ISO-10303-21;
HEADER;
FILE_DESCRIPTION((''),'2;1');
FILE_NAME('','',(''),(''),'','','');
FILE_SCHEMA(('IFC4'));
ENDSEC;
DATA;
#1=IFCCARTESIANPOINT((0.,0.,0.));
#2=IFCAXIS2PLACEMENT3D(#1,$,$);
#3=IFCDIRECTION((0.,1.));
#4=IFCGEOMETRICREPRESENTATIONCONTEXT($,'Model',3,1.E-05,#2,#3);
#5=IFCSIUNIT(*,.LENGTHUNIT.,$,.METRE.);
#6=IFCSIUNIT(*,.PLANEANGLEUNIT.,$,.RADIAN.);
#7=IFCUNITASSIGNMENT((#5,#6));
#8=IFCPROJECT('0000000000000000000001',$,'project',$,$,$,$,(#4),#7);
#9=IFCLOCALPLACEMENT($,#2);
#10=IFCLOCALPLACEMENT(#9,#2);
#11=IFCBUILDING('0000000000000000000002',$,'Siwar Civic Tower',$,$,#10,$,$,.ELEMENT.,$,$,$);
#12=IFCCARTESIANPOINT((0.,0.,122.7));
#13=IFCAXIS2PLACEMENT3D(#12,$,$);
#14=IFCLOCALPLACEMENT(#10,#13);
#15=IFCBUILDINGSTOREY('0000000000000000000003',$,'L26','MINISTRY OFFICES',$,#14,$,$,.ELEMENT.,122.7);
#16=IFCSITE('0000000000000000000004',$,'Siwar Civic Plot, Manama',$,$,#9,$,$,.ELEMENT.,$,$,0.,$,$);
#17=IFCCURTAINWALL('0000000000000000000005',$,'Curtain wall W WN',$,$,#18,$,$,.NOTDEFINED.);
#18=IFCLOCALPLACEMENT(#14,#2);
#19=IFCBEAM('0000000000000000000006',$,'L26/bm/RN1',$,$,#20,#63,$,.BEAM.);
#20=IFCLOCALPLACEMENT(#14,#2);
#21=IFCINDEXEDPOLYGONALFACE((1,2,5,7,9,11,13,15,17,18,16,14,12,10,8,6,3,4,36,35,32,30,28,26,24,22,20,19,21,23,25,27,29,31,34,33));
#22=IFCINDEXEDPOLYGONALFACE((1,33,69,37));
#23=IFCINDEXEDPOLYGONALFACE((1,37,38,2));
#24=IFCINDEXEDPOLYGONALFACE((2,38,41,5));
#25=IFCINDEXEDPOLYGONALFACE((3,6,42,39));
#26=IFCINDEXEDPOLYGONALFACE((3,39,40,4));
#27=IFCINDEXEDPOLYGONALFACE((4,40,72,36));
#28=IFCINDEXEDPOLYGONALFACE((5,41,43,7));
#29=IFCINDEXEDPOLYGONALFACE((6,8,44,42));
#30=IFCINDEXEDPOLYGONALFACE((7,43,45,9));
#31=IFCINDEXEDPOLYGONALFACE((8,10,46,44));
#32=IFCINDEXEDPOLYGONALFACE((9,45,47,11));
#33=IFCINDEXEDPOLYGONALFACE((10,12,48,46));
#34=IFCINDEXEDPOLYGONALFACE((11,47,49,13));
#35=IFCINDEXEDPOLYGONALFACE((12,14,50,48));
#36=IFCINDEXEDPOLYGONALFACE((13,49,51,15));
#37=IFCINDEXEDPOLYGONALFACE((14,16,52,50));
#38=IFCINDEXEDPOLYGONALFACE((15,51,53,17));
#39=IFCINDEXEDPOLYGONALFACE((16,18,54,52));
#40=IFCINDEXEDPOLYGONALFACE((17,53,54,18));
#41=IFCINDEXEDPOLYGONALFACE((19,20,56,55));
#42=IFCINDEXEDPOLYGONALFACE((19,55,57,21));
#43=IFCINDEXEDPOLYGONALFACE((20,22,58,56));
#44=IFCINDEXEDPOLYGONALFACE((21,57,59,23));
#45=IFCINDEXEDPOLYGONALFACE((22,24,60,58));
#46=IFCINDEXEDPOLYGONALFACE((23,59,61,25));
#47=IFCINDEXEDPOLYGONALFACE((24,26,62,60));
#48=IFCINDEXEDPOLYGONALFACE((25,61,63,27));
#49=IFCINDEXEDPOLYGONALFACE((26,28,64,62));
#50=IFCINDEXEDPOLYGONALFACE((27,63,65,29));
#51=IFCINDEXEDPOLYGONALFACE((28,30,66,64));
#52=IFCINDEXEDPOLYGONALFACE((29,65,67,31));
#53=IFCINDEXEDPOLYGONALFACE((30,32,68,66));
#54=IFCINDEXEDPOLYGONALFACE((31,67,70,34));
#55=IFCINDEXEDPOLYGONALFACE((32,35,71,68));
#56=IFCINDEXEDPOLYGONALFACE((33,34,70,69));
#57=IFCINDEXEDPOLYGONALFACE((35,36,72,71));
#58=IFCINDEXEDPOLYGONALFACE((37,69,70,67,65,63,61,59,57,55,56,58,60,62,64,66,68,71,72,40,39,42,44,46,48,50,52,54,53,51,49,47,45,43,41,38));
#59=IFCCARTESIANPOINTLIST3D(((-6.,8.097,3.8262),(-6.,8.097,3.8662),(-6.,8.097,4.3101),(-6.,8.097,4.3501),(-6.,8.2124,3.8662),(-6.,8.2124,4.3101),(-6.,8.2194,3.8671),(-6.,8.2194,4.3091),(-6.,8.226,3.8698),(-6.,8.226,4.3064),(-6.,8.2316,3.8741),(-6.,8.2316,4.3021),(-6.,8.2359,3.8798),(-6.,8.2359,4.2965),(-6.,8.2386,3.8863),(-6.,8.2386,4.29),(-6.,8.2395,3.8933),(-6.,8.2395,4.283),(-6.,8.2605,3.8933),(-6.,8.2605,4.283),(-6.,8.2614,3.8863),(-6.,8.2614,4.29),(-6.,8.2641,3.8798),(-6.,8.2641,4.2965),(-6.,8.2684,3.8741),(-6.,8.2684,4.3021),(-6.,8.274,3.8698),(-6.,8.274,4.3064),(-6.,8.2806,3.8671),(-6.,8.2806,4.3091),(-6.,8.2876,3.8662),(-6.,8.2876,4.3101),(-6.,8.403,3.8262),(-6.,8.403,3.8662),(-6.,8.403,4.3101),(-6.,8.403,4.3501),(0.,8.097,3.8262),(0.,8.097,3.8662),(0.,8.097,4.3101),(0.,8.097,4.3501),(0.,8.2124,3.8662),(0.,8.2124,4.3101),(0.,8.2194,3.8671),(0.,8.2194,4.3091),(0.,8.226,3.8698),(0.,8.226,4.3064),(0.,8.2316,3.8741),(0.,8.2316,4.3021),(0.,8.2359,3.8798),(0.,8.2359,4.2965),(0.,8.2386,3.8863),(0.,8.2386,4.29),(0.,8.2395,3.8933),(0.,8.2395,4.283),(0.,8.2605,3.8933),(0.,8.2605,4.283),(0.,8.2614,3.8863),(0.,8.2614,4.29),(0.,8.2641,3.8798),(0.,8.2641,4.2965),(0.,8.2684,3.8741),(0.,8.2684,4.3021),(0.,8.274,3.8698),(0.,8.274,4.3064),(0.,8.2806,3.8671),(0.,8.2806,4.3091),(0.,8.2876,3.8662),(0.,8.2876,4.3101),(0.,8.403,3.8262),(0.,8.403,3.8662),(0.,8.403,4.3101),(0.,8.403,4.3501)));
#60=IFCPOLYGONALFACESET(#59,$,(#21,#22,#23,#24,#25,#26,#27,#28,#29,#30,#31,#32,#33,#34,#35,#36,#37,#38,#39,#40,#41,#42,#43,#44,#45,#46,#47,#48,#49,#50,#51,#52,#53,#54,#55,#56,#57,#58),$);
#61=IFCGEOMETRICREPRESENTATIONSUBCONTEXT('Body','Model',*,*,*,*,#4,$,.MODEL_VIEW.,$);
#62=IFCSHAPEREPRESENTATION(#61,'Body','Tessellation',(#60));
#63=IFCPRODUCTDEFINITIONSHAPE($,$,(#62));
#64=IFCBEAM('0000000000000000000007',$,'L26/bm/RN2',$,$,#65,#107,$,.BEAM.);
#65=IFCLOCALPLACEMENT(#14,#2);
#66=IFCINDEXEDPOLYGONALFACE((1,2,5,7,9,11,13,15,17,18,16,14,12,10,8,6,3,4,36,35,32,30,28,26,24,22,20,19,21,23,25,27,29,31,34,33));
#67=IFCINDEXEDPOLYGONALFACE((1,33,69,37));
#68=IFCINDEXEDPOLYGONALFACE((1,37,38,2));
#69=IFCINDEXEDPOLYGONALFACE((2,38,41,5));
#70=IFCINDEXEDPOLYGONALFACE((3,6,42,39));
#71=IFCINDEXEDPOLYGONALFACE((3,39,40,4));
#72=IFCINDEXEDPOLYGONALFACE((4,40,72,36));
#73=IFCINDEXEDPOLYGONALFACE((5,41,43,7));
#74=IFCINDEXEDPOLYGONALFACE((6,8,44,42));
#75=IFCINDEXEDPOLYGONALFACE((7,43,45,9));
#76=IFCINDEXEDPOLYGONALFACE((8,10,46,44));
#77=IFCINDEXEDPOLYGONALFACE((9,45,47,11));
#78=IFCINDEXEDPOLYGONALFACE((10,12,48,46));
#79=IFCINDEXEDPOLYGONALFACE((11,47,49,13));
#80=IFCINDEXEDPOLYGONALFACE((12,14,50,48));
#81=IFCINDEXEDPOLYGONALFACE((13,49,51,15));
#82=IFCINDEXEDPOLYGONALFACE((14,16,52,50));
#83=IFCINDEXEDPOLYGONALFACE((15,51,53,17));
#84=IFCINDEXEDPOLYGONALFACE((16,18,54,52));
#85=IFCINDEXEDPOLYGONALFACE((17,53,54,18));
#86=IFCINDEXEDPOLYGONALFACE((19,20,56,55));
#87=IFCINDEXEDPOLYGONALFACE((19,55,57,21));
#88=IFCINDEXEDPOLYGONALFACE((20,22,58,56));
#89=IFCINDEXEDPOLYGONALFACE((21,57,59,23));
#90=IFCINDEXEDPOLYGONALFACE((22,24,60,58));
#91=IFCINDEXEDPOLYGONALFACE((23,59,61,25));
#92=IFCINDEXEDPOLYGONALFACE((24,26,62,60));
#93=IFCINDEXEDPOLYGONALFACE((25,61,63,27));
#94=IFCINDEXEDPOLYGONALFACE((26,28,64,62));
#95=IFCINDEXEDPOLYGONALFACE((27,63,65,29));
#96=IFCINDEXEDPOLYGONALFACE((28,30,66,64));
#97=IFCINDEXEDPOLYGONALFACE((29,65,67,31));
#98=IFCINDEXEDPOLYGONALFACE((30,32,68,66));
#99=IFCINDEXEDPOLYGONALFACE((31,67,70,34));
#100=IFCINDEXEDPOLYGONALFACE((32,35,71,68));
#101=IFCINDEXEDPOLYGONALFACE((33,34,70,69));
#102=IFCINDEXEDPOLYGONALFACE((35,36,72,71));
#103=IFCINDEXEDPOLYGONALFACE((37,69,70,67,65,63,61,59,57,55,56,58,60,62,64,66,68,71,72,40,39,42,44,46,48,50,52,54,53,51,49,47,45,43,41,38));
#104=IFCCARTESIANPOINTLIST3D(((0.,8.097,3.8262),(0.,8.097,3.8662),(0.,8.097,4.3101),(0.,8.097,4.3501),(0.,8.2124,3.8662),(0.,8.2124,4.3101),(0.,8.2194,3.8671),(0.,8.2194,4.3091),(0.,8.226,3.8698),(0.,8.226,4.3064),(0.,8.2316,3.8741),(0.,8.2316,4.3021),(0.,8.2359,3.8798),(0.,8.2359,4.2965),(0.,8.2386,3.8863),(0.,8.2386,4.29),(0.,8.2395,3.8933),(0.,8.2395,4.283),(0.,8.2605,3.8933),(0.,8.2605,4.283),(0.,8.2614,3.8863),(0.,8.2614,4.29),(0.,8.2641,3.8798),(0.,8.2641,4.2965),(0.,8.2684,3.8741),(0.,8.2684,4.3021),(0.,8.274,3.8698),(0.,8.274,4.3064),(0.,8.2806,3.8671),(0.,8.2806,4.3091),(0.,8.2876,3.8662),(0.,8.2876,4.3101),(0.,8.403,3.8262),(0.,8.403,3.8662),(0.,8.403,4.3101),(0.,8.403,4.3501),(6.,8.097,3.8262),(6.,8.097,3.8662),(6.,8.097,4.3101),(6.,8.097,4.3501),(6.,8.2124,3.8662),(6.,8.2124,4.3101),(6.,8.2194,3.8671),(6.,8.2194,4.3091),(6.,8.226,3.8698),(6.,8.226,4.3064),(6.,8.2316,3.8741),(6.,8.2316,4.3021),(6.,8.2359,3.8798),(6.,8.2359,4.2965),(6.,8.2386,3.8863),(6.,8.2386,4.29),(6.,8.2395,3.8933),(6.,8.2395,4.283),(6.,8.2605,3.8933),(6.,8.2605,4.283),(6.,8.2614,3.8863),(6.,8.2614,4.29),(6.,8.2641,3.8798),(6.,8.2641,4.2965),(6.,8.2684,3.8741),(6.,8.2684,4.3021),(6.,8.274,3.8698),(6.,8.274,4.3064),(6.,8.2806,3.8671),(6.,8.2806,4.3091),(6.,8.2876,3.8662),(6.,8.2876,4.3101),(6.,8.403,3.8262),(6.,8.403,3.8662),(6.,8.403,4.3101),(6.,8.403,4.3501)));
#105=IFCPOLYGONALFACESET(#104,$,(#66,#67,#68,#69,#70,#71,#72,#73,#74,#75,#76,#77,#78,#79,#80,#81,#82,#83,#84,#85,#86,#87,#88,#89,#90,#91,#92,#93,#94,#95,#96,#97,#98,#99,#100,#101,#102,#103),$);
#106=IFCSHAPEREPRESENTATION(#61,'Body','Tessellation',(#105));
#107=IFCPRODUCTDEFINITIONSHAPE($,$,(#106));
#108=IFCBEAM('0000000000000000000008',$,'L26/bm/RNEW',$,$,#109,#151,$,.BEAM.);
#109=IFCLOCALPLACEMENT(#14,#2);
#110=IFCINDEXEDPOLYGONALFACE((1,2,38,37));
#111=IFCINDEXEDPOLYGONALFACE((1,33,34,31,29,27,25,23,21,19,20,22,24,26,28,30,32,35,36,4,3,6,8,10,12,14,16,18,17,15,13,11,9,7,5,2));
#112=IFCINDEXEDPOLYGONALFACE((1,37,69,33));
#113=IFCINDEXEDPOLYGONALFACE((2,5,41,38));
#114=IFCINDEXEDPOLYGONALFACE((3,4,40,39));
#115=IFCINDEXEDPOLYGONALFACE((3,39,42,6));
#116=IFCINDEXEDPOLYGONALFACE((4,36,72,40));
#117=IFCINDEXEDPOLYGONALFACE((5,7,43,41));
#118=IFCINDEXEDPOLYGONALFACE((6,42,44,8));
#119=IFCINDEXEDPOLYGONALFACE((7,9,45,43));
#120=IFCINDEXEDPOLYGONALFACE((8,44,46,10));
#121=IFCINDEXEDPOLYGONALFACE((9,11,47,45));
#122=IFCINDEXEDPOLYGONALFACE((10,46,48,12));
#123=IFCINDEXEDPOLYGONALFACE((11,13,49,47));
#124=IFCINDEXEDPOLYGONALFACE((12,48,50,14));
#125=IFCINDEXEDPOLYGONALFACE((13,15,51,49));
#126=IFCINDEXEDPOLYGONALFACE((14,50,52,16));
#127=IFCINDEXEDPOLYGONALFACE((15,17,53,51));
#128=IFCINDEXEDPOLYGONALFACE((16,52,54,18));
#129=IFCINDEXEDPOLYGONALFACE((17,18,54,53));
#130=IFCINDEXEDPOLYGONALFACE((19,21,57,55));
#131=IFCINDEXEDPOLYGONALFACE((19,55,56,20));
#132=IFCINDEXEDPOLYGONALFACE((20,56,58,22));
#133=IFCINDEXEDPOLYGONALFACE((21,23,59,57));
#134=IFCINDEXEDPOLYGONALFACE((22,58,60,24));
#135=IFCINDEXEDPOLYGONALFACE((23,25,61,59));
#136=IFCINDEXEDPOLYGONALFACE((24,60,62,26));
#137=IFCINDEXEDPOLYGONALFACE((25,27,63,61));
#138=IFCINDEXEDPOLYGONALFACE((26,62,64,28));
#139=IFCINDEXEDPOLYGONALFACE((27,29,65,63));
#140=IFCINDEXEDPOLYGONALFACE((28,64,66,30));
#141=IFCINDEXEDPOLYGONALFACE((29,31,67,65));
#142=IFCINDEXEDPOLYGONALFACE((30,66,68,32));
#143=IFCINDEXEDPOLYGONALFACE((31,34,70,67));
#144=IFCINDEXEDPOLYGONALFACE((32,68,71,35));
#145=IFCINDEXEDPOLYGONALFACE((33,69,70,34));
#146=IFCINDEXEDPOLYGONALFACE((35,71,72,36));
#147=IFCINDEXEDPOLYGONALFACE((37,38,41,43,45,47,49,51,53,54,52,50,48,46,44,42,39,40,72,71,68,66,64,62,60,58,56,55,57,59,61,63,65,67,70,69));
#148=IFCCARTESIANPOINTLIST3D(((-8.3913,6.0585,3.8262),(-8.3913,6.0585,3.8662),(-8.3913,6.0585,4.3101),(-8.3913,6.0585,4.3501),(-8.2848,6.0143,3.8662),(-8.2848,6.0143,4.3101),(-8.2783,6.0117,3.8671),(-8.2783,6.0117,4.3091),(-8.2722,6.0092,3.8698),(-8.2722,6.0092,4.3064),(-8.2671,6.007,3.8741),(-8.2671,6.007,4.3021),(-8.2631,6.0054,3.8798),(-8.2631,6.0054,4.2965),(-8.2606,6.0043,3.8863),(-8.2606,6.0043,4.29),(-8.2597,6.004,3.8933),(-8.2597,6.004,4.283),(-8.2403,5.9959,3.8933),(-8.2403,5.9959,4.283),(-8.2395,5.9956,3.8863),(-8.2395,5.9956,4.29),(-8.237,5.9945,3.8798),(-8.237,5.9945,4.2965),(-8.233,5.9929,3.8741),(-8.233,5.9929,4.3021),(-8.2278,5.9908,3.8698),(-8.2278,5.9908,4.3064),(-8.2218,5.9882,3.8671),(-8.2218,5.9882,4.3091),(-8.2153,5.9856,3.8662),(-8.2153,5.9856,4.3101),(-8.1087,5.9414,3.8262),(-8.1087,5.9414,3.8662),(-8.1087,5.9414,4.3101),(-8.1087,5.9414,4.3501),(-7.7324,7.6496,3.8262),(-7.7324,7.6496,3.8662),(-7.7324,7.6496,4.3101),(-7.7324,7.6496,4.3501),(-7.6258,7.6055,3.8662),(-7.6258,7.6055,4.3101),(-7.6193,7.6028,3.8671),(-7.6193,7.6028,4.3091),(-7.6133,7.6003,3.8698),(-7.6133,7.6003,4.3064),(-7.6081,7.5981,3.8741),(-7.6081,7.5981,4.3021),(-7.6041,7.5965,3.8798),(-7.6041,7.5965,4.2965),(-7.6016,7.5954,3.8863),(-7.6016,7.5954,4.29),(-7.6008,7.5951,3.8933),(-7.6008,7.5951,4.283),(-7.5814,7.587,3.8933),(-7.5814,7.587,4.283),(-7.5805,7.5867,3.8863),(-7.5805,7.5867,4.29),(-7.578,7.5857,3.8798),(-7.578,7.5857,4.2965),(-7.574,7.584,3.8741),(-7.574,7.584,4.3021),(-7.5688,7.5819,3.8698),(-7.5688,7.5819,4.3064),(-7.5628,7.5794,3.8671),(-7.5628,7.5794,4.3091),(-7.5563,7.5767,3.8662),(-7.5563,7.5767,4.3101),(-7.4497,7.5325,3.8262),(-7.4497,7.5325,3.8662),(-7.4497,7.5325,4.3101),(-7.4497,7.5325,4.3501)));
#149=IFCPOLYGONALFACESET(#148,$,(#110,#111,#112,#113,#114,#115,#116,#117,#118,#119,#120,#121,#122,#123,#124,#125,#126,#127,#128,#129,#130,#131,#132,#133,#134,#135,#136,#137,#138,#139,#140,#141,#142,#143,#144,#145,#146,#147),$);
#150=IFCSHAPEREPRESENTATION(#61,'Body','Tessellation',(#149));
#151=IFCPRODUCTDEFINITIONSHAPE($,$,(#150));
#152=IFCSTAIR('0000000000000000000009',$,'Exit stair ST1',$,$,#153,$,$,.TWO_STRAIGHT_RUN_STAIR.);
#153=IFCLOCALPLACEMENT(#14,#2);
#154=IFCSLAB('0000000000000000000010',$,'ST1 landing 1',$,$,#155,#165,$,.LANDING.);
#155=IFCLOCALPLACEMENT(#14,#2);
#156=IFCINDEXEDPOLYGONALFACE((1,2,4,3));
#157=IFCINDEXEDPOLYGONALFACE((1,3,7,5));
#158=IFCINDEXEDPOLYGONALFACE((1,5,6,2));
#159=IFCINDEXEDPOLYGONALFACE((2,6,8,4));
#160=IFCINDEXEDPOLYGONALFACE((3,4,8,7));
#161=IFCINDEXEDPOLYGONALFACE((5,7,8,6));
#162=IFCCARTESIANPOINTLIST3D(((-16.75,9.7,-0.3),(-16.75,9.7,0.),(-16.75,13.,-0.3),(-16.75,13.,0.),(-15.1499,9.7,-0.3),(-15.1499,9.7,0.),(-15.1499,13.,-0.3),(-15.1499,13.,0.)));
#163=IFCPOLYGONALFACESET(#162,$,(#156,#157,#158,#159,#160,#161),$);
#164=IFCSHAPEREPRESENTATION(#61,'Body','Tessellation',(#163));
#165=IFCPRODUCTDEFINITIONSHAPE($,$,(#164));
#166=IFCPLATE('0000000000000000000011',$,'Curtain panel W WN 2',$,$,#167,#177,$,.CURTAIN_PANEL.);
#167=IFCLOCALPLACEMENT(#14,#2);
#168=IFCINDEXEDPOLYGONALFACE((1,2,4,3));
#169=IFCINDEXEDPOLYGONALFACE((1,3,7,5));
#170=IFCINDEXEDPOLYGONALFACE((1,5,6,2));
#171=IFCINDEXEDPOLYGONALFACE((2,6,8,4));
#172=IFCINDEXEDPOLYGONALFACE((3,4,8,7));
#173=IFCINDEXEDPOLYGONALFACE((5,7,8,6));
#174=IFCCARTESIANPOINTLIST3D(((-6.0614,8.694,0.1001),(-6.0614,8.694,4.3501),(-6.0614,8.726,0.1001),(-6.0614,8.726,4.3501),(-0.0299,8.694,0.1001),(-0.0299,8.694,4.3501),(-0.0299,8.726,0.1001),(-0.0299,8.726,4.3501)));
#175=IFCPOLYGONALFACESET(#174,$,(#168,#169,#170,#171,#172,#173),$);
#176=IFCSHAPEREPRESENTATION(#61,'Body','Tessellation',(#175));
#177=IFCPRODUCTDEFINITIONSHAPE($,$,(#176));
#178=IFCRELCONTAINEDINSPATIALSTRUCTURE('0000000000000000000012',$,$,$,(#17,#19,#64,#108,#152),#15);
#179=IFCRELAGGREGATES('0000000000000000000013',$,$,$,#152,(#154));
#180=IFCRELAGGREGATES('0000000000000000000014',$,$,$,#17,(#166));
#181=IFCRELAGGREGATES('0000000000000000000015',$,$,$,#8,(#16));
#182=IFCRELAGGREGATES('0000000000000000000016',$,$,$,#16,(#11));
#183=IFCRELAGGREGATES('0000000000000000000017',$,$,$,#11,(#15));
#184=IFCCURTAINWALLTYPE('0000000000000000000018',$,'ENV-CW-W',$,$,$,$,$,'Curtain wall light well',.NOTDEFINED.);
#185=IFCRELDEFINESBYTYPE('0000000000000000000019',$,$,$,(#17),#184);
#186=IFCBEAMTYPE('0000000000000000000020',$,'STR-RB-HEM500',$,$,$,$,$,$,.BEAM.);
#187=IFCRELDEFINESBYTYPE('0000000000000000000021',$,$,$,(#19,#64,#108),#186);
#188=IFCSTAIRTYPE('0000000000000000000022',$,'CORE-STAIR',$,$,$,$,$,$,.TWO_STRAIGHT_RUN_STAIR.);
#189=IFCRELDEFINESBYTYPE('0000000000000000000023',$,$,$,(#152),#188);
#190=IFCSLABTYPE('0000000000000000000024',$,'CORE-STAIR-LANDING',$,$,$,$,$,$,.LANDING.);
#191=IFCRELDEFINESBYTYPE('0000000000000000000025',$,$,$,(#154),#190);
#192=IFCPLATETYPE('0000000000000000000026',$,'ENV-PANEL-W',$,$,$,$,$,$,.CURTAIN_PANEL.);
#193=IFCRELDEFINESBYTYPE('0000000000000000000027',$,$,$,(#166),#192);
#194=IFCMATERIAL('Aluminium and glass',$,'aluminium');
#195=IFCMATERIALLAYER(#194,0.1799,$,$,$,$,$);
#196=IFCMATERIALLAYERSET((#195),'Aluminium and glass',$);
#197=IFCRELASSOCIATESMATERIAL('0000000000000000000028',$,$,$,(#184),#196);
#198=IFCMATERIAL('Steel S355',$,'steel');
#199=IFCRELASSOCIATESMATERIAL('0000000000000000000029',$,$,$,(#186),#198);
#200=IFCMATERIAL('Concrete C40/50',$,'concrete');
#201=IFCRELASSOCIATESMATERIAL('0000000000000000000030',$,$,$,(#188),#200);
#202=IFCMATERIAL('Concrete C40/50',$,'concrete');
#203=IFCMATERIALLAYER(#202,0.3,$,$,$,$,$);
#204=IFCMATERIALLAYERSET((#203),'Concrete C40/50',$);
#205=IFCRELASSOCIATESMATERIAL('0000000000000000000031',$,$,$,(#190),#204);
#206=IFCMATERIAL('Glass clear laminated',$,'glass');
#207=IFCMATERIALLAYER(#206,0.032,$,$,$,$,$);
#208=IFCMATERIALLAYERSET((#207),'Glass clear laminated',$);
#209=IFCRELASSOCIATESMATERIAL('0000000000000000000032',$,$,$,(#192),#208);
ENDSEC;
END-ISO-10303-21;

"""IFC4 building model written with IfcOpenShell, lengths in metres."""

from ifc_helpers import new_model, si_unit, direction, frame, origin, origin_2d, place, context, subcontext, project, spatial, polyline, rectangle, i_section, outline, extrude, material, layer, layer_set, material_profile, profile_set, type_object, element, aggregate, save


model = new_model("IFC4")

# Units and contexts
model_context = context("Model", 3, precision=1e-05, world=origin(), true_north=direction((0.0, 1.0)))
body_context = subcontext(model_context, "Body", "Model", "MODEL_VIEW")
ifc_project = project(units=[si_unit("LENGTHUNIT", "METRE"), si_unit("PLANEANGLEUNIT", "RADIAN")], contexts=[model_context])

# Site, building, storey
site_placement = place(None, origin())
site = spatial("IfcSite", under=ifc_project, at=site_placement, Name="Siwar Civic Plot, Manama", CompositionType="ELEMENT", RefElevation=0.0)
building_placement = place(site_placement, origin())
building = spatial("IfcBuilding", under=site, at=building_placement, Name="Siwar Civic Tower", CompositionType="ELEMENT")
storey_placement = place(building_placement, frame((0.0, 0.0, 122.7)))
storey = spatial("IfcBuildingStorey", under=building, at=storey_placement, Name="L26", Description="MINISTRY OFFICES", CompositionType="ELEMENT", Elevation=122.7)

# Curtain wall
ifc_material_1 = material(Name="Aluminium and glass", Category="aluminium")
ifc_layer_1 = layer(ifc_material_1, 0.1799)
ifc_layer_set_1 = layer_set([ifc_layer_1], Name="Aluminium and glass")
curtain_wall_type = type_object("IfcCurtainWallType", Name="ENV-CW-W", ElementType="Curtain wall light well", PredefinedType="NOTDEFINED", material=ifc_layer_set_1)
curtain_wall_placement = place(storey_placement, origin())
curtain_wall = element("IfcCurtainWall", 1, at=curtain_wall_placement, inside=storey, type_object=curtain_wall_type, Name="Curtain wall W WN", PredefinedType="NOTDEFINED")

# Beams
ifc_material_2 = material(Name="Steel S355", Category="steel")
ifc_material_profile_1 = material_profile(ifc_material_2, i_section(OverallWidth=0.3059, OverallDepth=0.5239, WebThickness=0.021, FlangeThickness=0.04, FilletRadius=0.0271, at=origin_2d()), Name="HEM500")
ifc_profile_set_1 = profile_set([ifc_material_profile_1], Name="Steel S355")
beam_type_1 = type_object("IfcBeamType", Name="STR-RB-HEM500", PredefinedType="BEAM", material=ifc_profile_set_1)
for number, where, z_axis, x_axis, name in (
    (2, (-6.0, 8.25, 4.0881), (1.0, 0.0, 0.0), (0.0, 1.0, 0.0), "L26/bm/RN1"),
    (3, (0.0, 8.25, 4.0881), (1.0, 0.0, 0.0), (0.0, 1.0, 0.0), "L26/bm/RN2"),
):
    element("IfcBeam", number, at=place(storey_placement, frame(where, z_axis=z_axis, x_axis=x_axis)), inside=storey, type_object=beam_type_1, Name=name, PredefinedType="BEAM", context=body_context, shape_type="SweptSolid", body=[
        extrude(i_section(OverallWidth=0.3059, OverallDepth=0.5239, WebThickness=0.021, FlangeThickness=0.04, FilletRadius=0.0271, at=origin_2d()), origin(), (0.0, 0.0, 1.0), 6.0),
    ])
beam_1_placement = place(storey_placement, frame((-7.5911, 7.5911, 4.0881), z_axis=(-0.382631, -0.923901, 0.0), x_axis=(0.923901, -0.382631, 0.0)))
element("IfcBeam", 4, at=beam_1_placement, inside=storey, type_object=beam_type_1, Name="L26/bm/RNEW", PredefinedType="BEAM", context=body_context, shape_type="SweptSolid", body=[
    extrude(i_section(OverallWidth=0.3059, OverallDepth=0.5239, WebThickness=0.021, FlangeThickness=0.04, FilletRadius=0.0271, at=origin_2d()), origin(), (0.0, 0.0, 1.0), 1.7222),
])

# Stair, slab
ifc_material_3 = material(Name="Concrete C40/50", Category="concrete")
stair_type = type_object("IfcStairType", Name="CORE-STAIR", PredefinedType="TWO_STRAIGHT_RUN_STAIR", material=ifc_material_3)
stair_placement = place(storey_placement, origin())
stair = element("IfcStair", 5, at=stair_placement, inside=storey, type_object=stair_type, Name="Exit stair ST1", PredefinedType="TWO_STRAIGHT_RUN_STAIR")
ifc_material_4 = material(Name="Concrete C40/50", Category="concrete")
ifc_layer_2 = layer(ifc_material_4, 0.3)
ifc_layer_set_2 = layer_set([ifc_layer_2], Name="Concrete C40/50")
slab_type_1 = type_object("IfcSlabType", Name="CORE-STAIR-LANDING", PredefinedType="LANDING", material=ifc_layer_set_2)
slab_1_placement = place(storey_placement, frame((0.0, 0.0, -0.3)))
slab_1 = element("IfcSlab", 6, at=slab_1_placement, type_object=slab_type_1, Name="ST1 landing 1", PredefinedType="LANDING", context=body_context, shape_type="SweptSolid", body=[
    extrude(outline(polyline([(-15.1499, 13.0), (-16.75, 13.0), (-16.75, 9.7), (-15.1499, 9.7), (-15.1499, 13.0)])), origin(), (0.0, 0.0, 1.0), 0.3),
])
aggregate(stair, [slab_1])

# Plate
ifc_material_5 = material(Name="Glass clear laminated", Category="glass")
ifc_layer_3 = layer(ifc_material_5, 0.032)
ifc_layer_set_3 = layer_set([ifc_layer_3], Name="Glass clear laminated")
plate_type = type_object("IfcPlateType", Name="ENV-PANEL-W", PredefinedType="CURTAIN_PANEL", material=ifc_layer_set_3)
plate_placement = place(storey_placement, frame((-3.0457, 8.71, 0.1001), z_axis=(0.0, 0.0, 1.0), x_axis=(-1.0, 0.0, 0.0)))
plate = element("IfcPlate", 7, at=plate_placement, type_object=plate_type, Name="Curtain panel W WN 2", PredefinedType="CURTAIN_PANEL", context=body_context, shape_type="SweptSolid", body=[
    extrude(rectangle(XDim=6.0315, YDim=0.032, at=origin_2d()), origin(), (0.0, 0.0, 1.0), 4.25),
])
aggregate(curtain_wall, [plate])

save(model, "model.ifc")
